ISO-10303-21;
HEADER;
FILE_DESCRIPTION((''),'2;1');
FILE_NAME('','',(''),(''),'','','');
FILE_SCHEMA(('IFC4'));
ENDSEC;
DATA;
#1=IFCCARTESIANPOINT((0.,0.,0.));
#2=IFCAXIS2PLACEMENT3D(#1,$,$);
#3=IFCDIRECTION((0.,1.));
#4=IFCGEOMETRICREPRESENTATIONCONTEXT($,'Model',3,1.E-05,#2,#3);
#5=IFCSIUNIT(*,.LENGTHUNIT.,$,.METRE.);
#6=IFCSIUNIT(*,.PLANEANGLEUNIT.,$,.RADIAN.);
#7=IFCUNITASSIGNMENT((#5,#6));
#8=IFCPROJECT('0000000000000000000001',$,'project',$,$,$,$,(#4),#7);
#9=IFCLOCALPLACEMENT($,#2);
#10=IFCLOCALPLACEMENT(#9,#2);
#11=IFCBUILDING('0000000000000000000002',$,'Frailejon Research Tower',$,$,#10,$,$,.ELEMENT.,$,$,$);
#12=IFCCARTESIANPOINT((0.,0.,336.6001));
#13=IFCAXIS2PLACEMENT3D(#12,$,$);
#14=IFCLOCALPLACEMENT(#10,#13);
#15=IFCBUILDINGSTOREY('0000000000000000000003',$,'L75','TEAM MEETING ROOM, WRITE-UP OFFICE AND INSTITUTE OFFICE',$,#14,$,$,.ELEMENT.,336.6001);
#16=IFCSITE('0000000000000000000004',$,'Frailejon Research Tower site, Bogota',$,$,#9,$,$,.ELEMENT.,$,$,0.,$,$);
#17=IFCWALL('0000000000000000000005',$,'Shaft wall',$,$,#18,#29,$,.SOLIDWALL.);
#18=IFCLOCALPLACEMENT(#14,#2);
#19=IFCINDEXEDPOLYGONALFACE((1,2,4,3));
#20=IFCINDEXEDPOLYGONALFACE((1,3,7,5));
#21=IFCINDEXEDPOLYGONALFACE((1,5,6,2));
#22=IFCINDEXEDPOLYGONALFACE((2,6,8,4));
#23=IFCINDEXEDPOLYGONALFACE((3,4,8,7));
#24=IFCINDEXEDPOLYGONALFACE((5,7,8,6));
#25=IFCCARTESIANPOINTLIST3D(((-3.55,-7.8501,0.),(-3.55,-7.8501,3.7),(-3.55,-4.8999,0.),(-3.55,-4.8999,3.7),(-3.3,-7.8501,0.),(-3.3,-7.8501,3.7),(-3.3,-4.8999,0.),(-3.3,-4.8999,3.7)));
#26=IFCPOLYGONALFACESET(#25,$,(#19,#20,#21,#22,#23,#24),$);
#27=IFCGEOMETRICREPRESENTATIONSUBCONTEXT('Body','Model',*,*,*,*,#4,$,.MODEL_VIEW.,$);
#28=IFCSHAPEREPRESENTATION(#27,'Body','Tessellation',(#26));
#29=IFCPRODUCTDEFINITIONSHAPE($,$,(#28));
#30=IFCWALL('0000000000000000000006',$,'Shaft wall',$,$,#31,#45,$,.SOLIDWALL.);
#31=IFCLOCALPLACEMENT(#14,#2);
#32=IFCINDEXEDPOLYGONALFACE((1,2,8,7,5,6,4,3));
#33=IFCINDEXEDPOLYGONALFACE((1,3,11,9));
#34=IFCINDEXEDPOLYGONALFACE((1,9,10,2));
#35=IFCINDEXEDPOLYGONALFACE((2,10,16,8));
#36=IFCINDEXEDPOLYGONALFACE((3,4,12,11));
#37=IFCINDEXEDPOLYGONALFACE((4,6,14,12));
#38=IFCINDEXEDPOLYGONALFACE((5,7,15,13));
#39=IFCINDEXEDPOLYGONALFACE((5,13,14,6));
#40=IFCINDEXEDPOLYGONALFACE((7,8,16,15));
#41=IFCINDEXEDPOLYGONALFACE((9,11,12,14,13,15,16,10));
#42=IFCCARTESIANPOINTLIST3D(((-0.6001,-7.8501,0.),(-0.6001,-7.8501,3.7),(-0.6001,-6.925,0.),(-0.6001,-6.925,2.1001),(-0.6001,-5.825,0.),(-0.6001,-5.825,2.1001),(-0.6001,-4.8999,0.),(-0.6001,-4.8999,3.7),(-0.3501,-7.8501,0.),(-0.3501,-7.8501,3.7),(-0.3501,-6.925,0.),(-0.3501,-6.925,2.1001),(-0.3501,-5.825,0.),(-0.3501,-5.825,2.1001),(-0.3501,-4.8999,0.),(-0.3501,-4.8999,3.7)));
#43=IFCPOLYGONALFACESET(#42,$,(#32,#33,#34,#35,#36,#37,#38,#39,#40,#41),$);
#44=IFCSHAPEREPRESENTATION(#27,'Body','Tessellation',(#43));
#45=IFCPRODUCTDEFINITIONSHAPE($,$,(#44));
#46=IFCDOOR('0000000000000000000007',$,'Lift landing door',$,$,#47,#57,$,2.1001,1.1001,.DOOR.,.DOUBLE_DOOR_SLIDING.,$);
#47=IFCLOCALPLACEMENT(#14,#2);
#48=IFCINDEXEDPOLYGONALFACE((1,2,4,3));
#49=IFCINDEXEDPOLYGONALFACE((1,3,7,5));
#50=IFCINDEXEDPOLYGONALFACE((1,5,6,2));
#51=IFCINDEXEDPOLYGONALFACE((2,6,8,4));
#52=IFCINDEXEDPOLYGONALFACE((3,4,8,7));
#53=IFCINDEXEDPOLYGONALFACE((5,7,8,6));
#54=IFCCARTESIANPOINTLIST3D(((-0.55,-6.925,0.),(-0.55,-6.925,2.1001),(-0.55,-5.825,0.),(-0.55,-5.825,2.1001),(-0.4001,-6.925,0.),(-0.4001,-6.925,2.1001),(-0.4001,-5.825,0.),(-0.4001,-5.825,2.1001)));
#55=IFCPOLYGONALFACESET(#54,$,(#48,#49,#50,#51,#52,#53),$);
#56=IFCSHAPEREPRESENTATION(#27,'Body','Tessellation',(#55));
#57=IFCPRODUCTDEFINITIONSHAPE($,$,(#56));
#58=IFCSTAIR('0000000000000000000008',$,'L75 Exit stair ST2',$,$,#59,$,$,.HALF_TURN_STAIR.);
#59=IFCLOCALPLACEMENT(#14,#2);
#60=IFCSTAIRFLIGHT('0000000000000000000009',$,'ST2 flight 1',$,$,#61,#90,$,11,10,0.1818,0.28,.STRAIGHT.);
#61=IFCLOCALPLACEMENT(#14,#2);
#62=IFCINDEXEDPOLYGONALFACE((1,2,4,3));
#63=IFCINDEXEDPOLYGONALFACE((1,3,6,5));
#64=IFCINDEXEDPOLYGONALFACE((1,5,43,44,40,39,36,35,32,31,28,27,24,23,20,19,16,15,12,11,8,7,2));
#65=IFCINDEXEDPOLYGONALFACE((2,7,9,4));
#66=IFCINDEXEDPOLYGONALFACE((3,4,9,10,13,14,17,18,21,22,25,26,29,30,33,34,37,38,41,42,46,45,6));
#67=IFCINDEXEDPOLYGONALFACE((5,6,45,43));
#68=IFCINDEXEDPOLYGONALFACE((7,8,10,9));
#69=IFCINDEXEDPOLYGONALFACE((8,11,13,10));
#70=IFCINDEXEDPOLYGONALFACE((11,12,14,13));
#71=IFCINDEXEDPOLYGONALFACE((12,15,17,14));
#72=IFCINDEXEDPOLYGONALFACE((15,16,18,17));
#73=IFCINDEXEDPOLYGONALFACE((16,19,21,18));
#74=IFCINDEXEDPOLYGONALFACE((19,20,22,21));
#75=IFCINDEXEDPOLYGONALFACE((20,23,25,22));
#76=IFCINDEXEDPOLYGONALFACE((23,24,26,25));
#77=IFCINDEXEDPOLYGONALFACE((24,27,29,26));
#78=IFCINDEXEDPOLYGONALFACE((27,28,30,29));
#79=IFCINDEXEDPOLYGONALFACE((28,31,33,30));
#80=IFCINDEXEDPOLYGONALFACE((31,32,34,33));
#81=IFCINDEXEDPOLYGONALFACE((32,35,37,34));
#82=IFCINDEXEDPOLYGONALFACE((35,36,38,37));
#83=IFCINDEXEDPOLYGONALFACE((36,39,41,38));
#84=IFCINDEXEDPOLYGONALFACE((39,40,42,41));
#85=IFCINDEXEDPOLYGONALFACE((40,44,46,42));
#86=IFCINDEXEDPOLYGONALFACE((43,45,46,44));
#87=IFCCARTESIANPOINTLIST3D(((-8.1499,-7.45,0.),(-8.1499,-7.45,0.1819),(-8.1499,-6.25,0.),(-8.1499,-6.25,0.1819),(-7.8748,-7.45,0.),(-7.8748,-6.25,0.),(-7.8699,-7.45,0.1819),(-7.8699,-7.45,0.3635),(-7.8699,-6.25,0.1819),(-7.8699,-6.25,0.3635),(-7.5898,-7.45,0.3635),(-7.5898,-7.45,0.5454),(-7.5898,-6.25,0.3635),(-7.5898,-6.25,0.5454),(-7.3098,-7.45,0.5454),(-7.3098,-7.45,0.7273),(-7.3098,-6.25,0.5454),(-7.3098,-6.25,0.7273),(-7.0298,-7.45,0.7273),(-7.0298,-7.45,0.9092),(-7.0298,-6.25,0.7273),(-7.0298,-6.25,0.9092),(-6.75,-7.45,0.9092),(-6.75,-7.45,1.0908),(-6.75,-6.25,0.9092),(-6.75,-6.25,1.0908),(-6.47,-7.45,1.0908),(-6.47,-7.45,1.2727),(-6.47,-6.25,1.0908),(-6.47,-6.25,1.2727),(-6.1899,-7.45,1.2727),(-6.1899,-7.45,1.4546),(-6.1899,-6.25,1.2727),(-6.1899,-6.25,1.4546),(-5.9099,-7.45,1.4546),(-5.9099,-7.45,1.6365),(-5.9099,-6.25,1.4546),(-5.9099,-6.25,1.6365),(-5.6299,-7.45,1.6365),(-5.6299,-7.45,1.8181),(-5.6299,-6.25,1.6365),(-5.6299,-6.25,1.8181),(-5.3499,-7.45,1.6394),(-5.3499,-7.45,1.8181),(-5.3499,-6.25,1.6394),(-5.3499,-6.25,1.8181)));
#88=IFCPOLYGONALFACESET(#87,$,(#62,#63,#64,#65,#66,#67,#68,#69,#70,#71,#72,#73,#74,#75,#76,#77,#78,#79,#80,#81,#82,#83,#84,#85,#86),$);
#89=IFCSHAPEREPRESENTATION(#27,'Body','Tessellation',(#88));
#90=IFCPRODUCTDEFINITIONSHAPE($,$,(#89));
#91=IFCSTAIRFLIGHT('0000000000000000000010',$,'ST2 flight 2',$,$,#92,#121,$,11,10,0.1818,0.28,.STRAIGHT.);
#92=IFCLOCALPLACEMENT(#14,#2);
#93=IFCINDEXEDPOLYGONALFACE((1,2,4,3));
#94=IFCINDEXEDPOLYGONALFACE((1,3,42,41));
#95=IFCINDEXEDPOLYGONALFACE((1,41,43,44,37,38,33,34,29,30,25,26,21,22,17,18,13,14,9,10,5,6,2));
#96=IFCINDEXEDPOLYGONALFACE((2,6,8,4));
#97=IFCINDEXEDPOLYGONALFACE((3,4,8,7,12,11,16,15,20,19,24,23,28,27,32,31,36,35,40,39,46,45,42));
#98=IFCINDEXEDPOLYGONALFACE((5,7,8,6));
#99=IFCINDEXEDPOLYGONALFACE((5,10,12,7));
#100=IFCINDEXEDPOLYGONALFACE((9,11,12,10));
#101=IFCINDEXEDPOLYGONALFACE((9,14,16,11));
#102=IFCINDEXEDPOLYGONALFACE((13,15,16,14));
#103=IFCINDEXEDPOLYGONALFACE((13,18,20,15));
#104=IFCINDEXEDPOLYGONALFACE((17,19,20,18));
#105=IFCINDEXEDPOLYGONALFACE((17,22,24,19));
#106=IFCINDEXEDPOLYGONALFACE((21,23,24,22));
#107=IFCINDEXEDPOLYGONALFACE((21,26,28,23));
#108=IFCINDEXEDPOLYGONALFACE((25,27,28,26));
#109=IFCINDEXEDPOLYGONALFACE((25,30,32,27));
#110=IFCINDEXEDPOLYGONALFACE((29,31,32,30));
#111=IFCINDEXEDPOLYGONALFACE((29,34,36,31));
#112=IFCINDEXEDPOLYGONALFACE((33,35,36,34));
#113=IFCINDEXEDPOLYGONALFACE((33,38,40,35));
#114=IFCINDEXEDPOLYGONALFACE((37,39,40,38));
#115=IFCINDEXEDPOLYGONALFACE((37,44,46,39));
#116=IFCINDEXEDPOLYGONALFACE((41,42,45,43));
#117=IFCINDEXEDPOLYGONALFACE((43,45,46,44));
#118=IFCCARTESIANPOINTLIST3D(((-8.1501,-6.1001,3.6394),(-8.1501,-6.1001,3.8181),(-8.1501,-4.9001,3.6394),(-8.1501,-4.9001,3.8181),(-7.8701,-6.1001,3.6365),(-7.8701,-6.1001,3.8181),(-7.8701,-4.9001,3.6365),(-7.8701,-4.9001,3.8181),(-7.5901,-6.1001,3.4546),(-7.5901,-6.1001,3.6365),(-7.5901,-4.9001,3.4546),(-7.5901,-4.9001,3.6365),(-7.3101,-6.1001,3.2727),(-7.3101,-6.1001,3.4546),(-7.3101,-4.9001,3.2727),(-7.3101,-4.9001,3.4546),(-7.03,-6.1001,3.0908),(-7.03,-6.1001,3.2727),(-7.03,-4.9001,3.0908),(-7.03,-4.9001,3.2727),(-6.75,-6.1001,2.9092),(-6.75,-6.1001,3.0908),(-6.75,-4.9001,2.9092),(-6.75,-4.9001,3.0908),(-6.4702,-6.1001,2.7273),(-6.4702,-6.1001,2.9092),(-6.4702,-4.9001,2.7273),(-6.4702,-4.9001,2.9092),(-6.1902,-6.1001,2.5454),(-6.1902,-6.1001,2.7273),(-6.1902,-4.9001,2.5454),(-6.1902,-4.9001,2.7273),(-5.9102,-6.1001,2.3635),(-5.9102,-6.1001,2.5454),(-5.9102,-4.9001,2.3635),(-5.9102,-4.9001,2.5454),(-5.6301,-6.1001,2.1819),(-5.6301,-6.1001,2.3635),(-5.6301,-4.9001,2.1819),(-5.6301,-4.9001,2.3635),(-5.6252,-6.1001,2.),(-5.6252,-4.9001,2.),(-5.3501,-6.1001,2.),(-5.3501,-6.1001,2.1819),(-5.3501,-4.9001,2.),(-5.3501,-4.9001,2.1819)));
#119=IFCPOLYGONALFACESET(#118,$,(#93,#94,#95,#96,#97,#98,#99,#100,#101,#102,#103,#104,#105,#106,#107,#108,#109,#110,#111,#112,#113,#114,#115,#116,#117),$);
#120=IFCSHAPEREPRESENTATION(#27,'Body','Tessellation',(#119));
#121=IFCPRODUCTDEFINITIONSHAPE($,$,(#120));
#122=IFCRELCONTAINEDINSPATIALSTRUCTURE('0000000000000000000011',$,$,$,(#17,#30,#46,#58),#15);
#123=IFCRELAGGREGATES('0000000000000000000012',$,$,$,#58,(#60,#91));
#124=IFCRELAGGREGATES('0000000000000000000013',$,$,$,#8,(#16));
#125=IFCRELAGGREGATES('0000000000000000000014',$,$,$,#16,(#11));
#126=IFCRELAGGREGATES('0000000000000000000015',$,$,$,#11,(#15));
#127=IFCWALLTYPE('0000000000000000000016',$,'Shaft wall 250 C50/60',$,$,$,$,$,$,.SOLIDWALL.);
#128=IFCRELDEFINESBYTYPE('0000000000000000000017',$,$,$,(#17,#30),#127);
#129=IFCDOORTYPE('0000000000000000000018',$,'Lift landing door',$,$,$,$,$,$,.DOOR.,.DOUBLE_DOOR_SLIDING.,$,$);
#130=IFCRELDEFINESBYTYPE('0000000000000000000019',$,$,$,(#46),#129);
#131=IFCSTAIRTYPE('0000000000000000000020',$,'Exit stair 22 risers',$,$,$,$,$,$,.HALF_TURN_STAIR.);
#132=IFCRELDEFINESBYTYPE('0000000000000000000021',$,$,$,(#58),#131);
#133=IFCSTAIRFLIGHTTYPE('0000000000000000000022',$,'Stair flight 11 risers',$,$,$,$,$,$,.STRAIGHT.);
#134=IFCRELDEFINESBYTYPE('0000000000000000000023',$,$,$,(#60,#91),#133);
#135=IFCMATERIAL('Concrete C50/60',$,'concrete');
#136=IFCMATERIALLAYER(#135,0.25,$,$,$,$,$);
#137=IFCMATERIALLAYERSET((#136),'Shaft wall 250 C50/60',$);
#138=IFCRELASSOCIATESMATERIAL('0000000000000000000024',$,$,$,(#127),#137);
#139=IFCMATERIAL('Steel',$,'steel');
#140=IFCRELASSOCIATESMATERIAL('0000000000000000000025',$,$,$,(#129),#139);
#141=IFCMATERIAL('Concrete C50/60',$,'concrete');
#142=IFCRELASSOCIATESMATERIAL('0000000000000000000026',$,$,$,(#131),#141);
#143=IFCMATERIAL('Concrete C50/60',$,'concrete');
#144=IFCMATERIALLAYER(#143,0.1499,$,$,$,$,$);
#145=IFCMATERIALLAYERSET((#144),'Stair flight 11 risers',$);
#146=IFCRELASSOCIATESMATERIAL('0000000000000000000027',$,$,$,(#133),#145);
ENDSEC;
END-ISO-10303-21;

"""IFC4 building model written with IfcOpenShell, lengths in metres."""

from ifc_helpers import new_model, si_unit, direction, frame, frame_2d, origin, place, context, subcontext, project, spatial, polyline, rectangle, outline, extrude, material, layer, layer_set, type_object, element, fill, aggregate, save


model = new_model("IFC4")

# Units and contexts
model_context = context("Model", 3, precision=1e-05, world=origin(), true_north=direction((0.0, 1.0)))
body_context = subcontext(model_context, "Body", "Model", "MODEL_VIEW")
ifc_project = project(units=[si_unit("LENGTHUNIT", "METRE"), si_unit("PLANEANGLEUNIT", "RADIAN")], contexts=[model_context])

# Site, building, storey
site_placement = place(None, origin())
site = spatial("IfcSite", under=ifc_project, at=site_placement, Name="Frailejon Research Tower site, Bogota", CompositionType="ELEMENT", RefElevation=0.0)
building_placement = place(site_placement, origin())
building = spatial("IfcBuilding", under=site, at=building_placement, Name="Frailejon Research Tower", CompositionType="ELEMENT")
storey_placement = place(building_placement, frame((0.0, 0.0, 336.6001)))
storey = spatial("IfcBuildingStorey", under=building, at=storey_placement, Name="L75", Description="TEAM MEETING ROOM, WRITE-UP OFFICE AND INSTITUTE OFFICE", CompositionType="ELEMENT", Elevation=336.6001)

# Shared definitions
ifc_material_1 = material(Name="Concrete C50/60", Category="concrete")
ifc_layer_1 = layer(ifc_material_1, 0.25)
ifc_layer_set_1 = layer_set([ifc_layer_1], Name="Shaft wall 250 C50/60")
wall_type_1 = type_object("IfcWallType", Name="Shaft wall 250 C50/60", PredefinedType="SOLIDWALL", material=ifc_layer_set_1)
ifc_material_2 = material(Name="Steel", Category="steel")
door_type_1 = type_object("IfcDoorType", Name="Lift landing door", OperationType="DOUBLE_DOOR_SLIDING", PredefinedType="DOOR", material=ifc_material_2)

# Wall
wall_1_placement = place(storey_placement, frame((-3.425, -7.8501, 0.0), z_axis=(0.0, 0.0, 1.0), x_axis=(0.0, 1.0, 0.0)))
element("IfcWall", 1, at=wall_1_placement, inside=storey, type_object=wall_type_1, Name="Shaft wall", PredefinedType="SOLIDWALL", context=body_context, shape_type="SweptSolid", body=[
    extrude(rectangle(XDim=2.9502, YDim=0.25, at=frame_2d((1.4751, 0.0))), origin(), (0.0, 0.0, 1.0), 3.7),
])

# Wall, opening, door
wall_2_placement = place(storey_placement, frame((-0.4751, -7.8501, 0.0), z_axis=(0.0, 0.0, 1.0), x_axis=(0.0, 1.0, 0.0)))
wall_2 = element("IfcWall", 2, at=wall_2_placement, inside=storey, type_object=wall_type_1, Name="Shaft wall", PredefinedType="SOLIDWALL", context=body_context, shape_type="SweptSolid", body=[
    extrude(rectangle(XDim=2.9502, YDim=0.25, at=frame_2d((1.4751, 0.0))), origin(), (0.0, 0.0, 1.0), 3.7),
])
opening_1_placement = place(wall_2_placement, frame((0.925, 0.0, 0.0)))
opening_1 = element("IfcOpeningElement", 3, at=opening_1_placement, cuts=wall_2, PredefinedType="OPENING", context=body_context, shape_type="SweptSolid", body=[
    extrude(rectangle(XDim=1.1001, YDim=2.1001, at=frame_2d((0.55, 1.05))), frame((0.0, 0.135, 0.0), z_axis=(0.0, -1.0, 0.0), x_axis=(1.0, 0.0, 0.0)), (0.0, 0.0, 1.0), 0.27),
])
door_1_placement = place(opening_1_placement, origin())
door_1 = element("IfcDoor", 4, at=door_1_placement, inside=storey, type_object=door_type_1, Name="Lift landing door", OperationType="DOUBLE_DOOR_SLIDING", OverallHeight=2.1001, OverallWidth=1.1001, PredefinedType="DOOR", context=body_context, shape_type="SweptSolid", body=[
    extrude(rectangle(XDim=1.1001, YDim=2.1001, at=frame_2d((0.55, 1.05))), frame((0.0, 0.075, 0.0), z_axis=(0.0, -1.0, 0.0), x_axis=(1.0, 0.0, 0.0)), (0.0, 0.0, 1.0), 0.1499),
])
fill(opening_1, door_1)

# Stair, stair flights
ifc_material_3 = material(Name="Concrete C50/60", Category="concrete")
stair_type = type_object("IfcStairType", Name="Exit stair 22 risers", PredefinedType="HALF_TURN_STAIR", material=ifc_material_3)
stair_placement = place(storey_placement, origin())
stair = element("IfcStair", 5, at=stair_placement, inside=storey, type_object=stair_type, Name="L75 Exit stair ST2", PredefinedType="HALF_TURN_STAIR")
ifc_material_4 = material(Name="Concrete C50/60", Category="concrete")
ifc_layer_2 = layer(ifc_material_4, 0.1499)
ifc_layer_set_2 = layer_set([ifc_layer_2], Name="Stair flight 11 risers")
stair_flight_type = type_object("IfcStairFlightType", Name="Stair flight 11 risers", PredefinedType="STRAIGHT", material=ifc_layer_set_2)
stair_flight_1_placement = place(storey_placement, frame((-8.1499, -6.8501, 0.0), z_axis=(0.0, 0.0, 1.0), x_axis=(1.0, 0.0, 0.0)))
stair_flight_1 = element("IfcStairFlight", 6, at=stair_flight_1_placement, type_object=stair_flight_type, Name="ST2 flight 1", NumberOfRisers=11, NumberOfTreads=10, PredefinedType="STRAIGHT", RiserHeight=0.1818, TreadLength=0.28, context=body_context, shape_type="SweptSolid", body=[
    extrude(outline(polyline([(0.0, 0.0), (0.0, 0.1819), (0.28, 0.1819), (0.28, 0.3635), (0.5601, 0.3635), (0.5601, 0.5454), (0.8401, 0.5454), (0.8401, 0.7273), (1.1201, 0.7273), (1.1201, 0.9092), (1.3999, 0.9092), (1.3999, 1.0908), (1.6799, 1.0908), (1.6799, 1.2727), (1.96, 1.2727), (1.96, 1.4546), (2.24, 1.4546), (2.24, 1.6365), (2.52, 1.6365), (2.52, 1.8181), (2.8, 1.8181), (2.8, 2.0), (2.8, 1.6394), (0.2751, 0.0), (0.0, 0.0)])), frame((0.0, 0.6001, 0.0), z_axis=(0.0, -1.0, 0.0), x_axis=(1.0, 0.0, 0.0)), (0.0, 0.0, 1.0), 1.2),
])
stair_flight_2_placement = place(storey_placement, frame((-5.3501, -5.5, 2.0), z_axis=(0.0, 0.0, 1.0), x_axis=(-1.0, 0.0, 0.0)))
stair_flight_2 = element("IfcStairFlight", 7, at=stair_flight_2_placement, type_object=stair_flight_type, Name="ST2 flight 2", NumberOfRisers=11, NumberOfTreads=10, PredefinedType="STRAIGHT", RiserHeight=0.1818, TreadLength=0.28, context=body_context, shape_type="SweptSolid", body=[
    extrude(outline(polyline([(0.0, 0.0), (0.0, 0.1819), (0.28, 0.1819), (0.28, 0.3635), (0.5601, 0.3635), (0.5601, 0.5454), (0.8401, 0.5454), (0.8401, 0.7273), (1.1201, 0.7273), (1.1201, 0.9092), (1.3999, 0.9092), (1.3999, 1.0908), (1.6799, 1.0908), (1.6799, 1.2727), (1.96, 1.2727), (1.96, 1.4546), (2.24, 1.4546), (2.24, 1.6365), (2.52, 1.6365), (2.52, 1.8181), (2.8, 1.8181), (2.8, 2.0), (2.8, 1.6394), (0.2751, 0.0), (0.0, 0.0)])), frame((0.0, 0.6001, 0.0), z_axis=(0.0, -1.0, 0.0), x_axis=(1.0, 0.0, 0.0)), (0.0, 0.0, 1.0), 1.2),
])
aggregate(stair, [stair_flight_1, stair_flight_2])

save(model, "model.ifc")
